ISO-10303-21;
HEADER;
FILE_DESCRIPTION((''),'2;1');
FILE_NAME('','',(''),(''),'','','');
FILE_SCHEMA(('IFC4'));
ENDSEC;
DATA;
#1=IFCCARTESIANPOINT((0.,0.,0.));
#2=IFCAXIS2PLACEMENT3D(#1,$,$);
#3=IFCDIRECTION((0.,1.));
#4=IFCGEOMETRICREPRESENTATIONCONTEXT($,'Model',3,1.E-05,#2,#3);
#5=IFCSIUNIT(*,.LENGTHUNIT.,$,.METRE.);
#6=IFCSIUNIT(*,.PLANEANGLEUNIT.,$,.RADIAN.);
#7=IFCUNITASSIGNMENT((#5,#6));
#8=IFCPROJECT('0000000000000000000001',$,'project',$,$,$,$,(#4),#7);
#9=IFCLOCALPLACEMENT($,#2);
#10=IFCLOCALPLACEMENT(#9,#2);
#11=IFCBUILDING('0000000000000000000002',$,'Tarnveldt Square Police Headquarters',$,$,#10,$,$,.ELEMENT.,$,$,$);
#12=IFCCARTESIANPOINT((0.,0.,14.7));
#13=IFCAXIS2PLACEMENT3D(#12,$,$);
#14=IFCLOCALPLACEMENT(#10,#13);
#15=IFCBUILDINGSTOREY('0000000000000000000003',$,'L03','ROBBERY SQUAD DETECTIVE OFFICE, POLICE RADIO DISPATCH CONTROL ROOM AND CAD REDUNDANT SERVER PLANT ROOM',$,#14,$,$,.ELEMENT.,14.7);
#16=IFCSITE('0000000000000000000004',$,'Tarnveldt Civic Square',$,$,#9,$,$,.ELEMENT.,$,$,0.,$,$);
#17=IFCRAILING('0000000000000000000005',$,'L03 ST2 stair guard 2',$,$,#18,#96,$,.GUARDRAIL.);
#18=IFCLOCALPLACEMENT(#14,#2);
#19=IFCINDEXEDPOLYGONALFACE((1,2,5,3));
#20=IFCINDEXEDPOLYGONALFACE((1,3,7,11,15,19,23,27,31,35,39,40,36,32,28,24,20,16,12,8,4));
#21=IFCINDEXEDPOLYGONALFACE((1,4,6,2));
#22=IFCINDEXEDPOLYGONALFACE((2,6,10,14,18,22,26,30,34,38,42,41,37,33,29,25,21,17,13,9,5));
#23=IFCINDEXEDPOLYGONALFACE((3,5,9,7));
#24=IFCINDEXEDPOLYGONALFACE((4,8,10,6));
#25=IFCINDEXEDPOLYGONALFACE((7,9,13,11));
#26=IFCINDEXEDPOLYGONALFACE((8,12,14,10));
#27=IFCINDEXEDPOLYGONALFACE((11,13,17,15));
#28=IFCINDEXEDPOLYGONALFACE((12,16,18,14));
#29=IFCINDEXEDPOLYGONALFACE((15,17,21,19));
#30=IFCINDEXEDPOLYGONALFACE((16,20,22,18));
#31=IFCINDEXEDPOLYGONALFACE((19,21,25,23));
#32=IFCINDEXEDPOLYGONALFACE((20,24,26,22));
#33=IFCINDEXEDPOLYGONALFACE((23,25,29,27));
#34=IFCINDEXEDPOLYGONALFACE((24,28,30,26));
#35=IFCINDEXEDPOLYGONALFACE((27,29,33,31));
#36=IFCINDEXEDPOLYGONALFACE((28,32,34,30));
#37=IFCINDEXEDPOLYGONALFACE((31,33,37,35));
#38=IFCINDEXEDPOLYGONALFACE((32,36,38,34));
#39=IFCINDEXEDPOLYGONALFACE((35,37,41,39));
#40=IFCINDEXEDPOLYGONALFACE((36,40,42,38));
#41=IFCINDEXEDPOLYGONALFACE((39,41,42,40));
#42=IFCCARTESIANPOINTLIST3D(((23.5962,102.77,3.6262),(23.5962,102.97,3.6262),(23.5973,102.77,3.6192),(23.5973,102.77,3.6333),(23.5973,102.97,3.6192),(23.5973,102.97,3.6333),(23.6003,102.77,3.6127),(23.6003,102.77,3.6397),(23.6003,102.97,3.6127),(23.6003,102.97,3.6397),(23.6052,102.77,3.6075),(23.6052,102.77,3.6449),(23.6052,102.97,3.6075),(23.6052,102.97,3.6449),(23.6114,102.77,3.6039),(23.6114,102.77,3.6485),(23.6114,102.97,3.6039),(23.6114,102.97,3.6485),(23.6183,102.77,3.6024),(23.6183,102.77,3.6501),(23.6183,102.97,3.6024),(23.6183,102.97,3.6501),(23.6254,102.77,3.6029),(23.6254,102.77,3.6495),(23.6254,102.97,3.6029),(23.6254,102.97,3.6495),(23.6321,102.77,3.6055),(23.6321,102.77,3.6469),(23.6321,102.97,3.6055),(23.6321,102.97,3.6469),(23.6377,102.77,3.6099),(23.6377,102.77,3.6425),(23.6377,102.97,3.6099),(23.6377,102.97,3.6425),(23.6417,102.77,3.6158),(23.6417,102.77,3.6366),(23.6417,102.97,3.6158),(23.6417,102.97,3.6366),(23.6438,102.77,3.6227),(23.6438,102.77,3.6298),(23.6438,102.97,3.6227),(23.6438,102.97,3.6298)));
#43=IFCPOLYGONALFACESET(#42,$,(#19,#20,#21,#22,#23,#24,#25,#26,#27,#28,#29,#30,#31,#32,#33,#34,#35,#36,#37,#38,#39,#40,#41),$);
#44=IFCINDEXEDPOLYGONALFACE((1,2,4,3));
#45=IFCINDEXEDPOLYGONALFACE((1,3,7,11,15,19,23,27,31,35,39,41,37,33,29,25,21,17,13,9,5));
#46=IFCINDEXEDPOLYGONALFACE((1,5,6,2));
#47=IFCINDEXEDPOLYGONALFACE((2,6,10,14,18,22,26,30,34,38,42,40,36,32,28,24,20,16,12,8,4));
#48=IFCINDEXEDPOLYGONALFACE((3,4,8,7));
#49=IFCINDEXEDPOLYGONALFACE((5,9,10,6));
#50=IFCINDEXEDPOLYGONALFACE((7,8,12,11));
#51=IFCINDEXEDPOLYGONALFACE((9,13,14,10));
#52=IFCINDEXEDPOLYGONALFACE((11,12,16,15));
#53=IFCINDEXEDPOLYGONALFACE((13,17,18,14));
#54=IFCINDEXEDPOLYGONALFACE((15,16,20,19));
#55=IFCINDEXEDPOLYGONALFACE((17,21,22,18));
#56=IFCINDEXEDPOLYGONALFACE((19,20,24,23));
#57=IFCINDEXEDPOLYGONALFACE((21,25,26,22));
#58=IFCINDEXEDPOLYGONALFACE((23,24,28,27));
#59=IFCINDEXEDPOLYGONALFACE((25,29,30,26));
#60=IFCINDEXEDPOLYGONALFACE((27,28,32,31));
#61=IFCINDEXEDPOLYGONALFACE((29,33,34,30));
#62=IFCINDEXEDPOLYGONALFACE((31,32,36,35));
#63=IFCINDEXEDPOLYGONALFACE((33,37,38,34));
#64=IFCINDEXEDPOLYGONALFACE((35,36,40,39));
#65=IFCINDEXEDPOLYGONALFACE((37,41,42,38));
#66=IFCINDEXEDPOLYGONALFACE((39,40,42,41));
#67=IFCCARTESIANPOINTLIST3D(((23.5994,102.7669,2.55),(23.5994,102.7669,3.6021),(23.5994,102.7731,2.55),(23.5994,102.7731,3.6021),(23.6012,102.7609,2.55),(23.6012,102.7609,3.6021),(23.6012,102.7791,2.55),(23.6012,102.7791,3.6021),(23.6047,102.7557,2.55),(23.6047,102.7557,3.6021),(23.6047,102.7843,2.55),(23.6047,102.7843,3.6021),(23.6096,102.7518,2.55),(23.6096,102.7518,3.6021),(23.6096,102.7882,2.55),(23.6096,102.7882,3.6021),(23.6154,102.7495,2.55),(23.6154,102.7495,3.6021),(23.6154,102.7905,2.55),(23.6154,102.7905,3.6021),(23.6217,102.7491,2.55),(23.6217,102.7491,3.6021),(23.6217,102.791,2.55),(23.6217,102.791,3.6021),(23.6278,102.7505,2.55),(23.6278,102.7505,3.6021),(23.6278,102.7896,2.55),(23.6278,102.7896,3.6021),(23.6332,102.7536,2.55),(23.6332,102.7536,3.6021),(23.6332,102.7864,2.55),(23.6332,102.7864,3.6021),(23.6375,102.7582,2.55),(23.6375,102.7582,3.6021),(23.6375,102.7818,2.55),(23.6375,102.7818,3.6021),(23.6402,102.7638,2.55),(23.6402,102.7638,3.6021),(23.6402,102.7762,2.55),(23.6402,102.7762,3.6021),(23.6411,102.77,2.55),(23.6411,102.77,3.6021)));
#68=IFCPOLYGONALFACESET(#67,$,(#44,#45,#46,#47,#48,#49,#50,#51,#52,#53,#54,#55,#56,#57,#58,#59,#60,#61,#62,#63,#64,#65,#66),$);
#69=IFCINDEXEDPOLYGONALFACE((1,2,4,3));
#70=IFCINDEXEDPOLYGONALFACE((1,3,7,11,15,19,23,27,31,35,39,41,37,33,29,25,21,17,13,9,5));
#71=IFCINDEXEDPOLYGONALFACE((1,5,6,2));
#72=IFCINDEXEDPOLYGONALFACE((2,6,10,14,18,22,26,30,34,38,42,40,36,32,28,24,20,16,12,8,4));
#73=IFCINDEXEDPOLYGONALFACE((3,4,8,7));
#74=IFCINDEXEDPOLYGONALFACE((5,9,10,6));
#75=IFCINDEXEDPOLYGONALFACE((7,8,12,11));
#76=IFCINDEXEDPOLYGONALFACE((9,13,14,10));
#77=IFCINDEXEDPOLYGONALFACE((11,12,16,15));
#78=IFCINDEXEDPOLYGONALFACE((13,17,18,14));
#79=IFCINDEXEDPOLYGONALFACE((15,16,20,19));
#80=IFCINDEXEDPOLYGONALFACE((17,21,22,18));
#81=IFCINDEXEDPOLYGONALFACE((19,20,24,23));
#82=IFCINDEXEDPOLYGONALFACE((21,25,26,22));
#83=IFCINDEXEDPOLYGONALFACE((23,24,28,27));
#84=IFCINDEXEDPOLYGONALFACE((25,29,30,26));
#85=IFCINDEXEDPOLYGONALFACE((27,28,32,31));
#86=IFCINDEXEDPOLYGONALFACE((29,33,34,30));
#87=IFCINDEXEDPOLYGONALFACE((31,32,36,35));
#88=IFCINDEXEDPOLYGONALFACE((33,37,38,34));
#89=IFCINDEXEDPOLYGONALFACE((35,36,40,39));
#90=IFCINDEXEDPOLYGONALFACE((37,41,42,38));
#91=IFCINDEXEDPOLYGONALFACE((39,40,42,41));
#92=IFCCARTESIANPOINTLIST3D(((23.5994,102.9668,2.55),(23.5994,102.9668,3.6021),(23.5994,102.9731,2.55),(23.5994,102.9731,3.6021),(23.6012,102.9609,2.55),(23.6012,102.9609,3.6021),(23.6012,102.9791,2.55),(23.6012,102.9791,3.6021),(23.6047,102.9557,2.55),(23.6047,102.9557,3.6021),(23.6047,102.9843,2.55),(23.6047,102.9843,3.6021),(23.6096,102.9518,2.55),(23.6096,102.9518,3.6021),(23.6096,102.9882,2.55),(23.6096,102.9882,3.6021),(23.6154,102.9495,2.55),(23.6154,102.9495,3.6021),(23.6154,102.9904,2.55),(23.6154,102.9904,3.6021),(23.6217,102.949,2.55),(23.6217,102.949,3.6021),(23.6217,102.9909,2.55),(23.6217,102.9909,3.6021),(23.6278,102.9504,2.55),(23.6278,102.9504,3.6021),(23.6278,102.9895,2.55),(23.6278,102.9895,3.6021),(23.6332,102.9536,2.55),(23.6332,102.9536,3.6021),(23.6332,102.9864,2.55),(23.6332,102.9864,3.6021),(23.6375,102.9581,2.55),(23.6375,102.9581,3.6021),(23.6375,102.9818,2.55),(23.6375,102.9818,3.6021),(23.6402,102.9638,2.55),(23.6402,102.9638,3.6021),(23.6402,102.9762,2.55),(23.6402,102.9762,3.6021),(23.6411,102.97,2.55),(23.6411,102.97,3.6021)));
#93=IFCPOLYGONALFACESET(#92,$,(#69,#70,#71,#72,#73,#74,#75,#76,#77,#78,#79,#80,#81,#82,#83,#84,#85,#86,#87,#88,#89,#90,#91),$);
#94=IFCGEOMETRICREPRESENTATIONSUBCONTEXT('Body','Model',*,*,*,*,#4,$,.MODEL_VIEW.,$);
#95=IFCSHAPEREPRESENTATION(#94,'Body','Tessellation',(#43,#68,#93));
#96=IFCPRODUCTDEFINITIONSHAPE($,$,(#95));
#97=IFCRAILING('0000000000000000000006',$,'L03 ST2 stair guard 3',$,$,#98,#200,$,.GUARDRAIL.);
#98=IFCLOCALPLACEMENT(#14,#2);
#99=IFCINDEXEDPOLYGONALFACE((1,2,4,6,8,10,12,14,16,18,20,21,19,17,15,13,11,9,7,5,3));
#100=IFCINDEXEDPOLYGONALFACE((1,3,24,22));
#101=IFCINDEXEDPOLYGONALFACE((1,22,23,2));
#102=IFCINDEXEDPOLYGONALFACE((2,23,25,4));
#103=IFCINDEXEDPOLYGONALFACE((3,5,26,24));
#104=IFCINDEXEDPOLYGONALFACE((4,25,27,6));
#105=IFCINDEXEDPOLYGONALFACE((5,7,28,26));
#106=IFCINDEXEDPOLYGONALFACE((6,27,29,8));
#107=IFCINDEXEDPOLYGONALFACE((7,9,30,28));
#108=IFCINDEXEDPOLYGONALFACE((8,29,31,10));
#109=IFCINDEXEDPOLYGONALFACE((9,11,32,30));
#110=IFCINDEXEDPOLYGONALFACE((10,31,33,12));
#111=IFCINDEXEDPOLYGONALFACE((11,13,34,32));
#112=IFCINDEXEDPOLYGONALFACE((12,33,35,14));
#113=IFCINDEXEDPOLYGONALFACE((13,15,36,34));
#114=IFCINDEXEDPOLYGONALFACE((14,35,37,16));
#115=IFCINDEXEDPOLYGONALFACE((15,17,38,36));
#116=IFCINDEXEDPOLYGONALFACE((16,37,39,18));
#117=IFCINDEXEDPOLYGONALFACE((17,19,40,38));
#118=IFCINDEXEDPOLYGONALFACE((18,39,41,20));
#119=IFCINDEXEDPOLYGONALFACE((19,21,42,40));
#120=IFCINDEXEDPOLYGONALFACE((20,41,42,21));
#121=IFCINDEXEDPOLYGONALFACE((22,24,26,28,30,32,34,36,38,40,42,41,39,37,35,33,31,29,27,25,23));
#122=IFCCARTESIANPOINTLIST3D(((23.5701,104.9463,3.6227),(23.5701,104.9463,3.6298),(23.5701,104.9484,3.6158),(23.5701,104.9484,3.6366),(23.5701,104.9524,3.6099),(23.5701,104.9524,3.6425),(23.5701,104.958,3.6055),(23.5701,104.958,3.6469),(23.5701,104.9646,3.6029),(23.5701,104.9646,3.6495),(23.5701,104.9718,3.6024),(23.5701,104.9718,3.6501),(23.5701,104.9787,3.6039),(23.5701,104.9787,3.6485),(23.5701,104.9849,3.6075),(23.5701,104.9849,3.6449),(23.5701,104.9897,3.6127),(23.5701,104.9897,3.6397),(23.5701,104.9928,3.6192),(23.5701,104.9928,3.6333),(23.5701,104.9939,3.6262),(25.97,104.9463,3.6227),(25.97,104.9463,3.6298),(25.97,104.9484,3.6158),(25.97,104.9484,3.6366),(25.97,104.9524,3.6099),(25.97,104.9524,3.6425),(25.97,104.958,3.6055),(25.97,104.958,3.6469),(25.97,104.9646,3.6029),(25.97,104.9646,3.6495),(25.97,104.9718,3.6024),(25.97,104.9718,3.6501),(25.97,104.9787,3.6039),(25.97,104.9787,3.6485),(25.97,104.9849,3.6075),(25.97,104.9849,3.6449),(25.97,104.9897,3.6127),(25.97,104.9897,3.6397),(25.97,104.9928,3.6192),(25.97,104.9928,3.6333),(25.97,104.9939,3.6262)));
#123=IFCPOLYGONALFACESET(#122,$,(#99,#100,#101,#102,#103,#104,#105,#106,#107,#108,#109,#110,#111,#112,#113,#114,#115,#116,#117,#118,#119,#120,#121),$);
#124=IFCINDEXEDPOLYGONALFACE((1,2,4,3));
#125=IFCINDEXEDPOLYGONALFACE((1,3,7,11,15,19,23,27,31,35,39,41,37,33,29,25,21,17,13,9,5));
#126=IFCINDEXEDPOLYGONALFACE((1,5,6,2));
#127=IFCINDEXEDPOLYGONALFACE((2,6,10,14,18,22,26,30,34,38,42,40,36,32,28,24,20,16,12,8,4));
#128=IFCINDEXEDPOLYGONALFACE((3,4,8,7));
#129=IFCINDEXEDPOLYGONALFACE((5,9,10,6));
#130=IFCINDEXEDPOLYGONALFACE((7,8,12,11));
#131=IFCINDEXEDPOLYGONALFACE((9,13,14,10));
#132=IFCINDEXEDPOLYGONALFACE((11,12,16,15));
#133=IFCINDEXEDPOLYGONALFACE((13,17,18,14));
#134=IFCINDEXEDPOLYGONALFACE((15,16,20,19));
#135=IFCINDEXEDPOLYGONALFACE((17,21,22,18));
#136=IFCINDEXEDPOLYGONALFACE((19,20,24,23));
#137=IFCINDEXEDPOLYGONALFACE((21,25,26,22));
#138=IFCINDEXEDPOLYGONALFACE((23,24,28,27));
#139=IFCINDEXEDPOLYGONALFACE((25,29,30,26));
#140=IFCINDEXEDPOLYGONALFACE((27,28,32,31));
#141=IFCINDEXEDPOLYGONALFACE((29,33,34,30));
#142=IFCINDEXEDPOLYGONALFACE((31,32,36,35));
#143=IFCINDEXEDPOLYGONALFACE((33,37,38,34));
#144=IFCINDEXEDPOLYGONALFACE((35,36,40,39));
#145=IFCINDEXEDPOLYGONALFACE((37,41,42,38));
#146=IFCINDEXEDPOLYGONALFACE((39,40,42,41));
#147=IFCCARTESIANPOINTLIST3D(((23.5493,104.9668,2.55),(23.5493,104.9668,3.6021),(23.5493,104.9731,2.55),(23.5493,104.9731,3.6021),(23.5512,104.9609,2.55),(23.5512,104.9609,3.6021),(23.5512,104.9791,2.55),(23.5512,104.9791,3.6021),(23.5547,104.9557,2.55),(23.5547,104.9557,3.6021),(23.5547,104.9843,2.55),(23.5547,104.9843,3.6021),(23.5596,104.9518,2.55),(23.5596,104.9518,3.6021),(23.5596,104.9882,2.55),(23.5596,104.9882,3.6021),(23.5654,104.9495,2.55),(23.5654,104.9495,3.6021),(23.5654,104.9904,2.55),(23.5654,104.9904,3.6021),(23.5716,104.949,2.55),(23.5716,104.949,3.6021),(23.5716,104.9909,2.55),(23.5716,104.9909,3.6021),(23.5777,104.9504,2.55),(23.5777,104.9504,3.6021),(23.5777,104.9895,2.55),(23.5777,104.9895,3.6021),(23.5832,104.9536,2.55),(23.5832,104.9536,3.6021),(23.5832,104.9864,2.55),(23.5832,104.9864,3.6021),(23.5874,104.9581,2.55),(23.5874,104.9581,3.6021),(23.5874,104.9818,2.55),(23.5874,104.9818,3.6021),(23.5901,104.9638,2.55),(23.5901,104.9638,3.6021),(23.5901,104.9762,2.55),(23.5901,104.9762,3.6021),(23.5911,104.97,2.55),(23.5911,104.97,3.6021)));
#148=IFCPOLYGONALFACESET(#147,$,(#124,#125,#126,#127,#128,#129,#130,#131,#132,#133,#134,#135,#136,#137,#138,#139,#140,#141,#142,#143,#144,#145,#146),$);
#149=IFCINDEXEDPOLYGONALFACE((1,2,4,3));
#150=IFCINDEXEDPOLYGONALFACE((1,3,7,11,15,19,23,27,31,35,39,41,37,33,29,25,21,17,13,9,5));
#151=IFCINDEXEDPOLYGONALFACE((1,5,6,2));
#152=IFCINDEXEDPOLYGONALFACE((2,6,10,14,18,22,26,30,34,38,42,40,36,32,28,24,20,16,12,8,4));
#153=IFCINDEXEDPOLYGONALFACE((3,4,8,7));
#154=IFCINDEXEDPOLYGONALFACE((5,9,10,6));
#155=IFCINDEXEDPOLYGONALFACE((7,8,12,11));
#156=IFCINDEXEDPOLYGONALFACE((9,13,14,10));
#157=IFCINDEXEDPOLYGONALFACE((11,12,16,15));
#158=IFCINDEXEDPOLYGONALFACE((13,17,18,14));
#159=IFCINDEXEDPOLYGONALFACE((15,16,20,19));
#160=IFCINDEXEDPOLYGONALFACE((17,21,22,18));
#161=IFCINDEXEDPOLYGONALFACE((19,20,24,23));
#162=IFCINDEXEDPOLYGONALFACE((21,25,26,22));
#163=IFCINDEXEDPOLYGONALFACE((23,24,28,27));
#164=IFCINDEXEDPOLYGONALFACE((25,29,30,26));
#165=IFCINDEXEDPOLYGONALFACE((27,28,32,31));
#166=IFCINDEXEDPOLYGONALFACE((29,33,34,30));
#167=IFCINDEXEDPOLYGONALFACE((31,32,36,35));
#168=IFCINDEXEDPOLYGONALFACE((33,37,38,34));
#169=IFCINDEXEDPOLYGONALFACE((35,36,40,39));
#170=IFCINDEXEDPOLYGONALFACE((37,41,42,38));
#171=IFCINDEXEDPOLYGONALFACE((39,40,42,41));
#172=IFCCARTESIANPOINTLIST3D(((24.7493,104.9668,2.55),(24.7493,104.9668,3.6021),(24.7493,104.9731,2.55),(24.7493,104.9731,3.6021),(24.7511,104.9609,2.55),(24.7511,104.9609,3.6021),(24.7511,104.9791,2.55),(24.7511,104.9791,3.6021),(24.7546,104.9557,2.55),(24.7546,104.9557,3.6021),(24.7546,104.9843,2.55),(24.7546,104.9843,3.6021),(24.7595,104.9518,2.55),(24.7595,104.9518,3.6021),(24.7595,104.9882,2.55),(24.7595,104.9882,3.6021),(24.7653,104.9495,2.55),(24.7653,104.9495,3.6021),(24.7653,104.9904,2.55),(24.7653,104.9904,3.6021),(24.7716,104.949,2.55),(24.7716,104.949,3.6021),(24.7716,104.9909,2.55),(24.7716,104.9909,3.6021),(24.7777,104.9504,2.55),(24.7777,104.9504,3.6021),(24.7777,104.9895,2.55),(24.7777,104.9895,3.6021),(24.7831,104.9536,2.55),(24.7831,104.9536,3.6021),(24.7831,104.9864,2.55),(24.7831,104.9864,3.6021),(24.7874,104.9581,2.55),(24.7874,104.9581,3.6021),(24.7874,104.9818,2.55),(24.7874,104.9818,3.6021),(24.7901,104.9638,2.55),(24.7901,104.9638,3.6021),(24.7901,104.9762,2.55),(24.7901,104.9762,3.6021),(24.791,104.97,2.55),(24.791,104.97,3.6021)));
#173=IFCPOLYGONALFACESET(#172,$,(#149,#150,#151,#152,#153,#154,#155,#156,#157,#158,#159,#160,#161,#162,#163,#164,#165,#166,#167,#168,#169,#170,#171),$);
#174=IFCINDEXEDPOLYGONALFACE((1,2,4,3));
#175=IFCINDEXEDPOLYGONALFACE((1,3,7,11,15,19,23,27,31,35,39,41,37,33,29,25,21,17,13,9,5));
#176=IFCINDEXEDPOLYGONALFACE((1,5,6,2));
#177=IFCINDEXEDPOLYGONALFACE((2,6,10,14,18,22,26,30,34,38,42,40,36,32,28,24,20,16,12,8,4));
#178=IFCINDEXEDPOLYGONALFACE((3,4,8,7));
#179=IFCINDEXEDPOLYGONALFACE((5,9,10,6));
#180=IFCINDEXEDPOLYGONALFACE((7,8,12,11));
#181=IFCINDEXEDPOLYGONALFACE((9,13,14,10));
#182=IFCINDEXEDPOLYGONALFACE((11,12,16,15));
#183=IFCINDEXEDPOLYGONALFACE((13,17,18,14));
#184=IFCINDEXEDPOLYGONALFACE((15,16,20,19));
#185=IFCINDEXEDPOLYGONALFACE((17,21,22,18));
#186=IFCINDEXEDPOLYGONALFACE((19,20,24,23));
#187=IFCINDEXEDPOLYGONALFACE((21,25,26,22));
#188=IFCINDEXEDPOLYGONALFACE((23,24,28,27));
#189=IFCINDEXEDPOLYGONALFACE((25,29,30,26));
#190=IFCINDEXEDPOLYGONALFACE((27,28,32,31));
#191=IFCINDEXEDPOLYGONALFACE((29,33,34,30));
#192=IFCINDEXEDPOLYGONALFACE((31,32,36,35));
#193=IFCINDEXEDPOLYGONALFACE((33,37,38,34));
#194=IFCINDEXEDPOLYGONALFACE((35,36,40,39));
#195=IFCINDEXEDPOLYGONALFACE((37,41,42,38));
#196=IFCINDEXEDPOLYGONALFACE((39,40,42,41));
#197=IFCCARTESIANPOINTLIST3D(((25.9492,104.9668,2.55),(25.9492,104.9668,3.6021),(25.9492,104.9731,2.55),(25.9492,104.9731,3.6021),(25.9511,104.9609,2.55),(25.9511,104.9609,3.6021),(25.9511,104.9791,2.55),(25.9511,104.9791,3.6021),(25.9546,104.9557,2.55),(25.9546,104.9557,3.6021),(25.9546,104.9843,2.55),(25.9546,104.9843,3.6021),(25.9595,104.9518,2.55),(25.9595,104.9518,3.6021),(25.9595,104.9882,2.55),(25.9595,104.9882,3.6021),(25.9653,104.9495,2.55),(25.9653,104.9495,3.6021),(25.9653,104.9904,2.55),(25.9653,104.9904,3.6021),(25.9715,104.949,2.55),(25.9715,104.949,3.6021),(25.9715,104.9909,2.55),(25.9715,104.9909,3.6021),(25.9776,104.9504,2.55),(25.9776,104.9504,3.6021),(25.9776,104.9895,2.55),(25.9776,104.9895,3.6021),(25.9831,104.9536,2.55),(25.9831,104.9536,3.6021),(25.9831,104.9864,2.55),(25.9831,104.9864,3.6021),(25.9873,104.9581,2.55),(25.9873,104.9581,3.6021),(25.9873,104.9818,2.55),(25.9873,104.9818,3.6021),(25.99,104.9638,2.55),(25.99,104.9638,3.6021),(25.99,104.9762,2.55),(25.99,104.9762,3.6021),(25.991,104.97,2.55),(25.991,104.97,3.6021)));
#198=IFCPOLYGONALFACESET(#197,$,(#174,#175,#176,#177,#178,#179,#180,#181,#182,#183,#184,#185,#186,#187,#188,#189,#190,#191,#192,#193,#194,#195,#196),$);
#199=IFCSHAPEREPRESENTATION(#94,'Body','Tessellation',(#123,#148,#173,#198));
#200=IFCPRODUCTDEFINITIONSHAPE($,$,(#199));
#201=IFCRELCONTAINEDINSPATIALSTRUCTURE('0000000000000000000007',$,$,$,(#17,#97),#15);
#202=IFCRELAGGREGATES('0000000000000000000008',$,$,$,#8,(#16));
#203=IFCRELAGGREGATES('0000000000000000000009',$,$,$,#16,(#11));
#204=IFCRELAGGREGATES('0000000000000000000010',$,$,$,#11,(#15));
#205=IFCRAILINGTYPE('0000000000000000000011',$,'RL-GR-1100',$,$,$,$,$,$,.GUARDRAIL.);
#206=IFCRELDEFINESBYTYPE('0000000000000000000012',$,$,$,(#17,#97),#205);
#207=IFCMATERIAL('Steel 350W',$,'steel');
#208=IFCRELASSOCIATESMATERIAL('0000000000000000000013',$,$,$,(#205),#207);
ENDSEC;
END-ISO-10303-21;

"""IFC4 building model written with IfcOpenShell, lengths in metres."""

from ifc_helpers import new_model, si_unit, direction, frame, origin, origin_2d, place, context, subcontext, project, spatial, circle, extrude, material, type_object, element, save


model = new_model("IFC4")

# Units and contexts
model_context = context("Model", 3, precision=1e-05, world=origin(), true_north=direction((0.0, 1.0)))
body_context = subcontext(model_context, "Body", "Model", "MODEL_VIEW")
ifc_project = project(units=[si_unit("LENGTHUNIT", "METRE"), si_unit("PLANEANGLEUNIT", "RADIAN")], contexts=[model_context])

# Site, building, storey
site_placement = place(None, origin())
site = spatial("IfcSite", under=ifc_project, at=site_placement, Name="Tarnveldt Civic Square", CompositionType="ELEMENT", RefElevation=0.0)
building_placement = place(site_placement, origin())
building = spatial("IfcBuilding", under=site, at=building_placement, Name="Tarnveldt Square Police Headquarters", CompositionType="ELEMENT")
storey_placement = place(building_placement, frame((0.0, 0.0, 14.7)))
storey = spatial("IfcBuildingStorey", under=building, at=storey_placement, Name="L03", Description="ROBBERY SQUAD DETECTIVE OFFICE, POLICE RADIO DISPATCH CONTROL ROOM AND CAD REDUNDANT SERVER PLANT ROOM", CompositionType="ELEMENT", Elevation=14.7)

# Shared definitions
ifc_material_1 = material(Name="Steel 350W", Category="steel")

# Railings
railing_type_1 = type_object("IfcRailingType", Name="RL-GR-1100", PredefinedType="GUARDRAIL", material=ifc_material_1)
railing_1_placement = place(storey_placement, frame((23.6201, 102.77, 2.55)))
element("IfcRailing", 1, at=railing_1_placement, inside=storey, type_object=railing_type_1, Name="L03 ST2 stair guard 2", PredefinedType="GUARDRAIL", context=body_context, shape_type="SweptSolid", body=[
    extrude(circle(Radius=0.0239, at=origin_2d()), frame((0.0, 0.0, 1.0762), z_axis=(0.0, 1.0, 0.0), x_axis=(-1.0, 0.0, 0.0)), (0.0, 0.0, 1.0), 0.2),
    extrude(circle(Radius=0.021, at=origin_2d()), origin(), (0.0, 0.0, 1.0), 1.052),
    extrude(circle(Radius=0.021, at=origin_2d()), frame((0.0, 0.2, 0.0)), (0.0, 0.0, 1.0), 1.052),
])
railing_2_placement = place(storey_placement, frame((23.5701, 104.97, 2.55)))
element("IfcRailing", 2, at=railing_2_placement, inside=storey, type_object=railing_type_1, Name="L03 ST2 stair guard 3", PredefinedType="GUARDRAIL", context=body_context, shape_type="SweptSolid", body=[
    extrude(circle(Radius=0.0239, at=origin_2d()), frame((0.0, 0.0, 1.0762), z_axis=(1.0, 0.0, 0.0), x_axis=(0.0, 1.0, 0.0)), (0.0, 0.0, 1.0), 2.3999),
    extrude(circle(Radius=0.021, at=origin_2d()), origin(), (0.0, 0.0, 1.0), 1.052),
    extrude(circle(Radius=0.021, at=origin_2d()), frame((1.2, 0.0, 0.0)), (0.0, 0.0, 1.0), 1.052),
    extrude(circle(Radius=0.021, at=origin_2d()), frame((2.3999, 0.0, 0.0)), (0.0, 0.0, 1.0), 1.052),
])

save(model, "model.ifc")
